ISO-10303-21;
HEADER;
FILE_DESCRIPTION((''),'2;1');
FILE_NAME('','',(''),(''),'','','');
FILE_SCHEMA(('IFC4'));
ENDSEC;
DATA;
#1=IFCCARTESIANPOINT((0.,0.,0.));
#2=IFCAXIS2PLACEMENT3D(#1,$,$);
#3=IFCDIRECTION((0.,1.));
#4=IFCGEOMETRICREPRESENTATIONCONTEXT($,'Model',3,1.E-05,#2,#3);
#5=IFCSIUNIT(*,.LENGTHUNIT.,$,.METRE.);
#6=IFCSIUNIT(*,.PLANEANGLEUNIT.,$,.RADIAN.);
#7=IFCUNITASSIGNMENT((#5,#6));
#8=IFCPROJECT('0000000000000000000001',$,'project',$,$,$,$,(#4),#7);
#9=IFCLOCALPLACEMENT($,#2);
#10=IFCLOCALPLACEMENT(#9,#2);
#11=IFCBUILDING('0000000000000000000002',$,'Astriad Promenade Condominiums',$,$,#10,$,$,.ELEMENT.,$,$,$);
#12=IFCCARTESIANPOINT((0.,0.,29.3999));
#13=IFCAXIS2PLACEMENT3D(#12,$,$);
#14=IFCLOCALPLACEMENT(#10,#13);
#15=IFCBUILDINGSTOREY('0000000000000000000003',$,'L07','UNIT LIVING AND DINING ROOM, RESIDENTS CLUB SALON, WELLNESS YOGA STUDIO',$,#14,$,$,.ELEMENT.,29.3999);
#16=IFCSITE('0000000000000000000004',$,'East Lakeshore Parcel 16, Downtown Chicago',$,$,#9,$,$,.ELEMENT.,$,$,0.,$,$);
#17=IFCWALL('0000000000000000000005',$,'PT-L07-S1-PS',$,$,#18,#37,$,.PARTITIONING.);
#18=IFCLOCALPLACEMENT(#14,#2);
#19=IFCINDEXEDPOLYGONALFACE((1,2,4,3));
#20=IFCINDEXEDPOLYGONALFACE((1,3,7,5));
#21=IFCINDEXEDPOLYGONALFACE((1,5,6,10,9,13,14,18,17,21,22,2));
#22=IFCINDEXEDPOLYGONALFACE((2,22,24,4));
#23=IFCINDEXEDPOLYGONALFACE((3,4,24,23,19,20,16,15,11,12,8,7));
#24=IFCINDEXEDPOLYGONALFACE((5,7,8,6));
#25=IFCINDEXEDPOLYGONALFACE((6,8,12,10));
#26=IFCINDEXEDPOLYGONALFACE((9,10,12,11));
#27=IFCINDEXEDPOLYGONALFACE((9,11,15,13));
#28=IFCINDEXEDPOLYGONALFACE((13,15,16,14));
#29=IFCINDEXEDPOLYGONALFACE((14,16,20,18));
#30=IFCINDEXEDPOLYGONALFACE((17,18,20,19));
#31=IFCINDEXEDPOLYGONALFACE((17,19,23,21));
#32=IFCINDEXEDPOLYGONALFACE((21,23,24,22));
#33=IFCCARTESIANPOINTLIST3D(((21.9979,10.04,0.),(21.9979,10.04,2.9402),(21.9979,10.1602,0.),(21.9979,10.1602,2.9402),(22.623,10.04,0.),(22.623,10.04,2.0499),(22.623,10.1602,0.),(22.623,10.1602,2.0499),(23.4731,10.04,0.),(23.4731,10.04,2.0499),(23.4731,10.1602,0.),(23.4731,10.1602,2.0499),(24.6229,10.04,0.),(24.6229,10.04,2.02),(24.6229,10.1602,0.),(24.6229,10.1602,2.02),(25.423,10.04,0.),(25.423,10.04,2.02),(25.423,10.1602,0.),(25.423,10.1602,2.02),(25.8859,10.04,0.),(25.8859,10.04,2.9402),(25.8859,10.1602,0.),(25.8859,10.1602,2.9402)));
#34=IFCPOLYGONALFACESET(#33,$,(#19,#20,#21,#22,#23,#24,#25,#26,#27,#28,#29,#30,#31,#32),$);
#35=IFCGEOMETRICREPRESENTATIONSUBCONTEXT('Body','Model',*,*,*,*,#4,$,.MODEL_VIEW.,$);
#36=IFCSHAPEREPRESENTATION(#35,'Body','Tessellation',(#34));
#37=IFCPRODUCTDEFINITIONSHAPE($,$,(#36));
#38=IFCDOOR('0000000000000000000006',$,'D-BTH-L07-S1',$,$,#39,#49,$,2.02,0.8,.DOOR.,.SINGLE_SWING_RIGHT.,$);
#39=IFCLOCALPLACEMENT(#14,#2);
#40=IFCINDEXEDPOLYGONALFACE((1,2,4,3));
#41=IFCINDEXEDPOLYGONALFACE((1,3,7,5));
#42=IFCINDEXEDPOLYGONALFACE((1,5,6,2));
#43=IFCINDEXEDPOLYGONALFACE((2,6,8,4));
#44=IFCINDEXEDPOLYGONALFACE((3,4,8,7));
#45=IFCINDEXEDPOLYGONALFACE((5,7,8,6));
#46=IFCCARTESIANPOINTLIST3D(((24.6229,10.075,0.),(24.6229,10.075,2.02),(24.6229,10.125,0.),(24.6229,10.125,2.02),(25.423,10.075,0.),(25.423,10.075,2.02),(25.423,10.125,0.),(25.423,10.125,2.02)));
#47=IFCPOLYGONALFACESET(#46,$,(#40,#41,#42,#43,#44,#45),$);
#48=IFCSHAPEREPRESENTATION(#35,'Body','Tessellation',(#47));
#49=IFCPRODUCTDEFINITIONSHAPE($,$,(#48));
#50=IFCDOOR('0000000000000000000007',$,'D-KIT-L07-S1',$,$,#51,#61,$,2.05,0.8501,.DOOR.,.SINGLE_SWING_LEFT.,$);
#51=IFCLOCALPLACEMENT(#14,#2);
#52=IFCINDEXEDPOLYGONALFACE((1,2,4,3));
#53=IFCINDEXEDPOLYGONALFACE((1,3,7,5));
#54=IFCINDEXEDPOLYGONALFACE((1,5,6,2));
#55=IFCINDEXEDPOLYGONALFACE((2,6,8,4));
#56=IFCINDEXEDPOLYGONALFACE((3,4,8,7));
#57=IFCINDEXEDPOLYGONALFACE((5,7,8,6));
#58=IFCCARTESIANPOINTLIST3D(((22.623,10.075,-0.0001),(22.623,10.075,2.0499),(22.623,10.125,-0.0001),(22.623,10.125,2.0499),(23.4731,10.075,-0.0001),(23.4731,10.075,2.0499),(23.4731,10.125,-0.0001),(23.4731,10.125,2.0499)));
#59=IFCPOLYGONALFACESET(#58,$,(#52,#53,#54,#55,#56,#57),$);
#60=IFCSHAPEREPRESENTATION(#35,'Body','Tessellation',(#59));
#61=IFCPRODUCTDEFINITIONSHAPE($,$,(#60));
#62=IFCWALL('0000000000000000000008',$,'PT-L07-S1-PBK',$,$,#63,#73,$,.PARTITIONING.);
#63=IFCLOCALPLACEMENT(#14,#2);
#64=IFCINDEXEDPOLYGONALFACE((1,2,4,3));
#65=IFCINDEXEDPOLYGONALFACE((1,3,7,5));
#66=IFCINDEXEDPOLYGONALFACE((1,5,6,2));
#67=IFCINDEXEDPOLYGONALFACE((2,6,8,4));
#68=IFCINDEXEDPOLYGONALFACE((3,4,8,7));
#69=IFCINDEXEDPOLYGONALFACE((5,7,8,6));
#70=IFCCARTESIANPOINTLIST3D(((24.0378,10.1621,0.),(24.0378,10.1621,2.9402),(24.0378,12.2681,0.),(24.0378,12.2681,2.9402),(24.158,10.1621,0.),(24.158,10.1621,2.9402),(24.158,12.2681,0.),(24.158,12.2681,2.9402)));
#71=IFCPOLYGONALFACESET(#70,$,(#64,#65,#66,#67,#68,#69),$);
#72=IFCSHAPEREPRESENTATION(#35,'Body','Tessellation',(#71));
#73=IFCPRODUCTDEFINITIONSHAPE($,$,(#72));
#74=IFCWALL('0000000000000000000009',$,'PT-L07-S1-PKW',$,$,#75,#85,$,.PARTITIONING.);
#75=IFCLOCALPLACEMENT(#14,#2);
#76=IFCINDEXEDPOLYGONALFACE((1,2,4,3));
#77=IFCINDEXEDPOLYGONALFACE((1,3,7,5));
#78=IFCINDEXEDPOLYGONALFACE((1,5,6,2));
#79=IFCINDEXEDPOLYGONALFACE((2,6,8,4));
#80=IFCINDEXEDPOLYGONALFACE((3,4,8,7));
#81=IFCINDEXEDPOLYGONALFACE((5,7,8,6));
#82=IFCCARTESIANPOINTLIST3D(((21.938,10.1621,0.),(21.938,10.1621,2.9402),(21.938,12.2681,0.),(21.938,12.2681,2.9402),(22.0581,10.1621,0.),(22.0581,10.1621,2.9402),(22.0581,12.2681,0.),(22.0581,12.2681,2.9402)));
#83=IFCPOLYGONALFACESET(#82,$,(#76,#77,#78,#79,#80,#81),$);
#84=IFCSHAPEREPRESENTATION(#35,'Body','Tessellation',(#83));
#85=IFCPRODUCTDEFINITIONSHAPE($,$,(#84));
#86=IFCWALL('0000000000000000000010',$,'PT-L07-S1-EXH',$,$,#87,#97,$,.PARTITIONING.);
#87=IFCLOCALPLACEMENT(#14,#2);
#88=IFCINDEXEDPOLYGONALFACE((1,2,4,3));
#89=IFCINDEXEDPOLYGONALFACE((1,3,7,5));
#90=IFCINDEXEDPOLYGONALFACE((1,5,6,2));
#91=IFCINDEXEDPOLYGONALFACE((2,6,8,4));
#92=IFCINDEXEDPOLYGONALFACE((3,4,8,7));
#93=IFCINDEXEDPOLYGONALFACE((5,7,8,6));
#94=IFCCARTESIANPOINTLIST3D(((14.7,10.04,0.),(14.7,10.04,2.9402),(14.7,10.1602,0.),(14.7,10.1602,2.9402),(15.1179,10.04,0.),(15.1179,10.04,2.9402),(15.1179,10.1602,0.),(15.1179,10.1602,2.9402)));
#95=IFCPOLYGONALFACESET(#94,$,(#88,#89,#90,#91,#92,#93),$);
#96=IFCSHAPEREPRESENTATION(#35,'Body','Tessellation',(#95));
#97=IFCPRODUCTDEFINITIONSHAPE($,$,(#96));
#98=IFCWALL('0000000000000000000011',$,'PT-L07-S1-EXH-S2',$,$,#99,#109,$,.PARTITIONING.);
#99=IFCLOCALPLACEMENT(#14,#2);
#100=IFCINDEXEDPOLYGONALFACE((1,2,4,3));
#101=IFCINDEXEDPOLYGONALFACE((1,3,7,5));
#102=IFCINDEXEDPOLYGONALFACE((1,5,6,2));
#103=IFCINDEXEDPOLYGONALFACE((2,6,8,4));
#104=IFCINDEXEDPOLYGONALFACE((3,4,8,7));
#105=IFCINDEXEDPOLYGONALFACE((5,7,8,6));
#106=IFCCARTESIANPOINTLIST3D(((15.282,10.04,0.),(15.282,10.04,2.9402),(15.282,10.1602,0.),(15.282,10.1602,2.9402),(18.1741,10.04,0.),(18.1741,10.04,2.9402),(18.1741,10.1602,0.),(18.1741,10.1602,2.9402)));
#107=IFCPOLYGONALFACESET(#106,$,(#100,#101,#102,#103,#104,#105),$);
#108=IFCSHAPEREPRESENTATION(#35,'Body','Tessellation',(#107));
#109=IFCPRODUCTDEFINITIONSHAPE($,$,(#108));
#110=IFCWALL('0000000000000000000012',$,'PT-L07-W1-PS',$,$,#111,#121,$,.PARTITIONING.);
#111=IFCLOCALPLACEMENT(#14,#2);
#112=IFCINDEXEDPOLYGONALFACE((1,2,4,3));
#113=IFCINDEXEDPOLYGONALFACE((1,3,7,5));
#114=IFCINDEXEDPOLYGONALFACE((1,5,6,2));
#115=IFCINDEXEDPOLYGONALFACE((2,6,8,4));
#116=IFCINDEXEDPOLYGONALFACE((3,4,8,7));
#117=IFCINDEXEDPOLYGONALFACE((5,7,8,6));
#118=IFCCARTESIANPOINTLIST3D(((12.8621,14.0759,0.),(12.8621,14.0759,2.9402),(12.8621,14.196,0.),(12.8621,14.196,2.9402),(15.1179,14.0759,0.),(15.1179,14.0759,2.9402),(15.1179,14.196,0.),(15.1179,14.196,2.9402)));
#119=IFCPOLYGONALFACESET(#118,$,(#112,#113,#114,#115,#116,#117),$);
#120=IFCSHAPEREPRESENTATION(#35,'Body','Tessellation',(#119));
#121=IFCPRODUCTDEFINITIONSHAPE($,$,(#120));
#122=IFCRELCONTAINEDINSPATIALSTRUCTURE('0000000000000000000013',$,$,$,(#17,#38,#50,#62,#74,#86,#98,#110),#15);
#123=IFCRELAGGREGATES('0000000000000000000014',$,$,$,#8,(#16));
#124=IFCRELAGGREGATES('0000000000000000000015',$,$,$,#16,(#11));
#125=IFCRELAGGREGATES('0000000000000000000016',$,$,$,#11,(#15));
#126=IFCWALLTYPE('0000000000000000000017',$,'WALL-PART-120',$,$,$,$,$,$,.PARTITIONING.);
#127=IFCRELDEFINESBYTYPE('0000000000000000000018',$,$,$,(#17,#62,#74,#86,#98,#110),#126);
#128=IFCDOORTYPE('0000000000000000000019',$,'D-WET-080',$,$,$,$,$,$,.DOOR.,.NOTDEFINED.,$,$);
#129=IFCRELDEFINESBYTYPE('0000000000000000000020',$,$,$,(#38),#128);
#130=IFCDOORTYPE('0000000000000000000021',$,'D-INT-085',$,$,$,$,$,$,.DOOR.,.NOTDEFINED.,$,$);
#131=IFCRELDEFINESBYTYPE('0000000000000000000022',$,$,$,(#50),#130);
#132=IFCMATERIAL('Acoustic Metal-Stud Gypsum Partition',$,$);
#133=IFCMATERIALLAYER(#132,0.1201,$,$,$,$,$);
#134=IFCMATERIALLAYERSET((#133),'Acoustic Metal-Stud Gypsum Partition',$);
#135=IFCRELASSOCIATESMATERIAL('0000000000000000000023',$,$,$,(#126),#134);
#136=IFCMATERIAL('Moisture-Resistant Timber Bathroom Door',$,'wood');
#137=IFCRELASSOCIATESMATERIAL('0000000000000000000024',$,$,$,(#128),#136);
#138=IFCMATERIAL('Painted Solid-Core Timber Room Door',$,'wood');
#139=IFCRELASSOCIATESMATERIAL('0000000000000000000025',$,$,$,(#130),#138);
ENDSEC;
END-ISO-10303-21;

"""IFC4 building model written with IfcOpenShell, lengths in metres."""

from ifc_helpers import new_model, si_unit, direction, frame, frame_2d, origin, place, context, subcontext, project, spatial, rectangle, extrude, source, transform, mapped, material, layer, layer_set, type_object, type_shapes, element, fill, save


model = new_model("IFC4")

# Units and contexts
model_context = context("Model", 3, precision=1e-05, world=origin(), true_north=direction((0.0, 1.0)))
body_context = subcontext(model_context, "Body", "Model", "MODEL_VIEW")
ifc_project = project(units=[si_unit("LENGTHUNIT", "METRE"), si_unit("PLANEANGLEUNIT", "RADIAN")], contexts=[model_context])

# Site, building, storey
site_placement = place(None, origin())
site = spatial("IfcSite", under=ifc_project, at=site_placement, Name="East Lakeshore Parcel 16, Downtown Chicago", CompositionType="ELEMENT", RefElevation=0.0)
building_placement = place(site_placement, origin())
building = spatial("IfcBuilding", under=site, at=building_placement, Name="Astriad Promenade Condominiums", CompositionType="ELEMENT")
storey_placement = place(building_placement, frame((0.0, 0.0, 29.3999)))
storey = spatial("IfcBuildingStorey", under=building, at=storey_placement, Name="L07", Description="UNIT LIVING AND DINING ROOM, RESIDENTS CLUB SALON, WELLNESS YOGA STUDIO", CompositionType="ELEMENT", Elevation=29.3999)

# Wall, openings, doors
ifc_material_1 = material(Name="Acoustic Metal-Stud Gypsum Partition")
ifc_layer_1 = layer(ifc_material_1, 0.1201)
ifc_layer_set_1 = layer_set([ifc_layer_1], Name="Acoustic Metal-Stud Gypsum Partition")
wall_type_1 = type_object("IfcWallType", Name="WALL-PART-120", PredefinedType="PARTITIONING", material=ifc_layer_set_1)
wall_1_placement = place(storey_placement, frame((21.998, 10.1001, 0.0), z_axis=(0.0, 0.0, 1.0), x_axis=(1.0, 0.0, 0.0)))
wall_1 = element("IfcWall", 1, at=wall_1_placement, inside=storey, type_object=wall_type_1, Name="PT-L07-S1-PS", PredefinedType="PARTITIONING", context=body_context, shape_type="SweptSolid", body=[
    extrude(rectangle(XDim=3.8879, YDim=0.1201, at=frame_2d((1.9438, 0.0))), origin(), (0.0, 0.0, 1.0), 2.9402),
])
opening_1_placement = place(wall_1_placement, frame((0.625, 0.0, 0.0)))
opening_1 = element("IfcOpeningElement", 2, at=opening_1_placement, cuts=wall_1, PredefinedType="OPENING", context=body_context, shape_type="SweptSolid", body=[
    extrude(rectangle(XDim=0.8501, YDim=2.05, at=frame_2d((0.425, 1.0249))), frame((0.0, 0.0701, 0.0), z_axis=(0.0, -1.0, 0.0), x_axis=(1.0, 0.0, 0.0)), (0.0, 0.0, 1.0), 0.1401),
])
opening_2_placement = place(wall_1_placement, frame((2.625, 0.0, 0.0)))
opening_2 = element("IfcOpeningElement", 3, at=opening_2_placement, cuts=wall_1, PredefinedType="OPENING", context=body_context, shape_type="SweptSolid", body=[
    extrude(rectangle(XDim=0.8, YDim=2.02, at=frame_2d((0.3999, 1.01))), frame((0.0, 0.0701, 0.0), z_axis=(0.0, -1.0, 0.0), x_axis=(1.0, 0.0, 0.0)), (0.0, 0.0, 1.0), 0.1401),
])
ifc_material_2 = material(Name="Moisture-Resistant Timber Bathroom Door", Category="wood")
door_type_1 = type_object("IfcDoorType", Name="D-WET-080", OperationType="NOTDEFINED", PredefinedType="DOOR", material=ifc_material_2)
shared_shape_1 = source(origin(), body_context, "Body", "SweptSolid", [
    extrude(rectangle(XDim=0.8, YDim=2.02, at=frame_2d((0.3999, 1.01))), frame((0.0, 0.0249, 0.0), z_axis=(0.0, -1.0, 0.0), x_axis=(1.0, 0.0, 0.0)), (0.0, 0.0, 1.0), 0.05),
])
type_shapes(door_type_1, [shared_shape_1])
door_1_placement = place(opening_2_placement, origin())
door_1 = element("IfcDoor", 4, at=door_1_placement, inside=storey, type_object=door_type_1, Name="D-BTH-L07-S1", OperationType="SINGLE_SWING_RIGHT", OverallHeight=2.02, OverallWidth=0.8, PredefinedType="DOOR", context=body_context, shape_type="MappedRepresentation", body=[
    mapped(shared_shape_1, transform((0.0, 0.0, 0.0), scale=1.0)),
])
fill(opening_2, door_1)
ifc_material_3 = material(Name="Painted Solid-Core Timber Room Door", Category="wood")
door_type_2 = type_object("IfcDoorType", Name="D-INT-085", OperationType="NOTDEFINED", PredefinedType="DOOR", material=ifc_material_3)
shared_shape_2 = source(origin(), body_context, "Body", "SweptSolid", [
    extrude(rectangle(XDim=0.8501, YDim=2.05, at=frame_2d((0.425, 1.0249))), frame((0.0, 0.0249, 0.0), z_axis=(0.0, -1.0, 0.0), x_axis=(1.0, 0.0, 0.0)), (0.0, 0.0, 1.0), 0.05),
])
type_shapes(door_type_2, [shared_shape_2])
door_2_placement = place(opening_1_placement, origin())
door_2 = element("IfcDoor", 5, at=door_2_placement, inside=storey, type_object=door_type_2, Name="D-KIT-L07-S1", OperationType="SINGLE_SWING_LEFT", OverallHeight=2.05, OverallWidth=0.8501, PredefinedType="DOOR", context=body_context, shape_type="MappedRepresentation", body=[
    mapped(shared_shape_2, transform((0.0, 0.0, 0.0), scale=1.0)),
])
fill(opening_1, door_2)

# Walls
for number, where, z_axis, x_axis, name in (
    (6, (24.0979, 10.1621, 0.0), (0.0, 0.0, 1.0), (0.0, 1.0, 0.0), "PT-L07-S1-PBK"),
    (7, (21.998, 10.1621, 0.0), (0.0, 0.0, 1.0), (0.0, 1.0, 0.0), "PT-L07-S1-PKW"),
):
    element("IfcWall", number, at=place(storey_placement, frame(where, z_axis=z_axis, x_axis=x_axis)), inside=storey, type_object=wall_type_1, Name=name, PredefinedType="PARTITIONING", context=body_context, shape_type="SweptSolid", body=[
        extrude(rectangle(XDim=2.106, YDim=0.1201, at=frame_2d((1.053, 0.0))), origin(), (0.0, 0.0, 1.0), 2.9402),
    ])
wall_2_placement = place(storey_placement, frame((14.7, 10.1001, 0.0), z_axis=(0.0, 0.0, 1.0), x_axis=(1.0, 0.0, 0.0)))
element("IfcWall", 8, at=wall_2_placement, inside=storey, type_object=wall_type_1, Name="PT-L07-S1-EXH", PredefinedType="PARTITIONING", context=body_context, shape_type="SweptSolid", body=[
    extrude(rectangle(XDim=0.418, YDim=0.1201, at=frame_2d((0.209, 0.0))), origin(), (0.0, 0.0, 1.0), 2.9402),
])
wall_3_placement = place(storey_placement, frame((15.282, 10.1001, 0.0), z_axis=(0.0, 0.0, 1.0), x_axis=(1.0, 0.0, 0.0)))
element("IfcWall", 9, at=wall_3_placement, inside=storey, type_object=wall_type_1, Name="PT-L07-S1-EXH-S2", PredefinedType="PARTITIONING", context=body_context, shape_type="SweptSolid", body=[
    extrude(rectangle(XDim=2.8921, YDim=0.1201, at=frame_2d((1.446, 0.0))), origin(), (0.0, 0.0, 1.0), 2.9402),
])
wall_4_placement = place(storey_placement, frame((12.8621, 14.136, 0.0), z_axis=(0.0, 0.0, 1.0), x_axis=(1.0, 0.0, 0.0)))
element("IfcWall", 10, at=wall_4_placement, inside=storey, type_object=wall_type_1, Name="PT-L07-W1-PS", PredefinedType="PARTITIONING", context=body_context, shape_type="SweptSolid", body=[
    extrude(rectangle(XDim=2.2559, YDim=0.1201, at=frame_2d((1.1279, 0.0))), origin(), (0.0, 0.0, 1.0), 2.9402),
])

save(model, "model.ifc")
